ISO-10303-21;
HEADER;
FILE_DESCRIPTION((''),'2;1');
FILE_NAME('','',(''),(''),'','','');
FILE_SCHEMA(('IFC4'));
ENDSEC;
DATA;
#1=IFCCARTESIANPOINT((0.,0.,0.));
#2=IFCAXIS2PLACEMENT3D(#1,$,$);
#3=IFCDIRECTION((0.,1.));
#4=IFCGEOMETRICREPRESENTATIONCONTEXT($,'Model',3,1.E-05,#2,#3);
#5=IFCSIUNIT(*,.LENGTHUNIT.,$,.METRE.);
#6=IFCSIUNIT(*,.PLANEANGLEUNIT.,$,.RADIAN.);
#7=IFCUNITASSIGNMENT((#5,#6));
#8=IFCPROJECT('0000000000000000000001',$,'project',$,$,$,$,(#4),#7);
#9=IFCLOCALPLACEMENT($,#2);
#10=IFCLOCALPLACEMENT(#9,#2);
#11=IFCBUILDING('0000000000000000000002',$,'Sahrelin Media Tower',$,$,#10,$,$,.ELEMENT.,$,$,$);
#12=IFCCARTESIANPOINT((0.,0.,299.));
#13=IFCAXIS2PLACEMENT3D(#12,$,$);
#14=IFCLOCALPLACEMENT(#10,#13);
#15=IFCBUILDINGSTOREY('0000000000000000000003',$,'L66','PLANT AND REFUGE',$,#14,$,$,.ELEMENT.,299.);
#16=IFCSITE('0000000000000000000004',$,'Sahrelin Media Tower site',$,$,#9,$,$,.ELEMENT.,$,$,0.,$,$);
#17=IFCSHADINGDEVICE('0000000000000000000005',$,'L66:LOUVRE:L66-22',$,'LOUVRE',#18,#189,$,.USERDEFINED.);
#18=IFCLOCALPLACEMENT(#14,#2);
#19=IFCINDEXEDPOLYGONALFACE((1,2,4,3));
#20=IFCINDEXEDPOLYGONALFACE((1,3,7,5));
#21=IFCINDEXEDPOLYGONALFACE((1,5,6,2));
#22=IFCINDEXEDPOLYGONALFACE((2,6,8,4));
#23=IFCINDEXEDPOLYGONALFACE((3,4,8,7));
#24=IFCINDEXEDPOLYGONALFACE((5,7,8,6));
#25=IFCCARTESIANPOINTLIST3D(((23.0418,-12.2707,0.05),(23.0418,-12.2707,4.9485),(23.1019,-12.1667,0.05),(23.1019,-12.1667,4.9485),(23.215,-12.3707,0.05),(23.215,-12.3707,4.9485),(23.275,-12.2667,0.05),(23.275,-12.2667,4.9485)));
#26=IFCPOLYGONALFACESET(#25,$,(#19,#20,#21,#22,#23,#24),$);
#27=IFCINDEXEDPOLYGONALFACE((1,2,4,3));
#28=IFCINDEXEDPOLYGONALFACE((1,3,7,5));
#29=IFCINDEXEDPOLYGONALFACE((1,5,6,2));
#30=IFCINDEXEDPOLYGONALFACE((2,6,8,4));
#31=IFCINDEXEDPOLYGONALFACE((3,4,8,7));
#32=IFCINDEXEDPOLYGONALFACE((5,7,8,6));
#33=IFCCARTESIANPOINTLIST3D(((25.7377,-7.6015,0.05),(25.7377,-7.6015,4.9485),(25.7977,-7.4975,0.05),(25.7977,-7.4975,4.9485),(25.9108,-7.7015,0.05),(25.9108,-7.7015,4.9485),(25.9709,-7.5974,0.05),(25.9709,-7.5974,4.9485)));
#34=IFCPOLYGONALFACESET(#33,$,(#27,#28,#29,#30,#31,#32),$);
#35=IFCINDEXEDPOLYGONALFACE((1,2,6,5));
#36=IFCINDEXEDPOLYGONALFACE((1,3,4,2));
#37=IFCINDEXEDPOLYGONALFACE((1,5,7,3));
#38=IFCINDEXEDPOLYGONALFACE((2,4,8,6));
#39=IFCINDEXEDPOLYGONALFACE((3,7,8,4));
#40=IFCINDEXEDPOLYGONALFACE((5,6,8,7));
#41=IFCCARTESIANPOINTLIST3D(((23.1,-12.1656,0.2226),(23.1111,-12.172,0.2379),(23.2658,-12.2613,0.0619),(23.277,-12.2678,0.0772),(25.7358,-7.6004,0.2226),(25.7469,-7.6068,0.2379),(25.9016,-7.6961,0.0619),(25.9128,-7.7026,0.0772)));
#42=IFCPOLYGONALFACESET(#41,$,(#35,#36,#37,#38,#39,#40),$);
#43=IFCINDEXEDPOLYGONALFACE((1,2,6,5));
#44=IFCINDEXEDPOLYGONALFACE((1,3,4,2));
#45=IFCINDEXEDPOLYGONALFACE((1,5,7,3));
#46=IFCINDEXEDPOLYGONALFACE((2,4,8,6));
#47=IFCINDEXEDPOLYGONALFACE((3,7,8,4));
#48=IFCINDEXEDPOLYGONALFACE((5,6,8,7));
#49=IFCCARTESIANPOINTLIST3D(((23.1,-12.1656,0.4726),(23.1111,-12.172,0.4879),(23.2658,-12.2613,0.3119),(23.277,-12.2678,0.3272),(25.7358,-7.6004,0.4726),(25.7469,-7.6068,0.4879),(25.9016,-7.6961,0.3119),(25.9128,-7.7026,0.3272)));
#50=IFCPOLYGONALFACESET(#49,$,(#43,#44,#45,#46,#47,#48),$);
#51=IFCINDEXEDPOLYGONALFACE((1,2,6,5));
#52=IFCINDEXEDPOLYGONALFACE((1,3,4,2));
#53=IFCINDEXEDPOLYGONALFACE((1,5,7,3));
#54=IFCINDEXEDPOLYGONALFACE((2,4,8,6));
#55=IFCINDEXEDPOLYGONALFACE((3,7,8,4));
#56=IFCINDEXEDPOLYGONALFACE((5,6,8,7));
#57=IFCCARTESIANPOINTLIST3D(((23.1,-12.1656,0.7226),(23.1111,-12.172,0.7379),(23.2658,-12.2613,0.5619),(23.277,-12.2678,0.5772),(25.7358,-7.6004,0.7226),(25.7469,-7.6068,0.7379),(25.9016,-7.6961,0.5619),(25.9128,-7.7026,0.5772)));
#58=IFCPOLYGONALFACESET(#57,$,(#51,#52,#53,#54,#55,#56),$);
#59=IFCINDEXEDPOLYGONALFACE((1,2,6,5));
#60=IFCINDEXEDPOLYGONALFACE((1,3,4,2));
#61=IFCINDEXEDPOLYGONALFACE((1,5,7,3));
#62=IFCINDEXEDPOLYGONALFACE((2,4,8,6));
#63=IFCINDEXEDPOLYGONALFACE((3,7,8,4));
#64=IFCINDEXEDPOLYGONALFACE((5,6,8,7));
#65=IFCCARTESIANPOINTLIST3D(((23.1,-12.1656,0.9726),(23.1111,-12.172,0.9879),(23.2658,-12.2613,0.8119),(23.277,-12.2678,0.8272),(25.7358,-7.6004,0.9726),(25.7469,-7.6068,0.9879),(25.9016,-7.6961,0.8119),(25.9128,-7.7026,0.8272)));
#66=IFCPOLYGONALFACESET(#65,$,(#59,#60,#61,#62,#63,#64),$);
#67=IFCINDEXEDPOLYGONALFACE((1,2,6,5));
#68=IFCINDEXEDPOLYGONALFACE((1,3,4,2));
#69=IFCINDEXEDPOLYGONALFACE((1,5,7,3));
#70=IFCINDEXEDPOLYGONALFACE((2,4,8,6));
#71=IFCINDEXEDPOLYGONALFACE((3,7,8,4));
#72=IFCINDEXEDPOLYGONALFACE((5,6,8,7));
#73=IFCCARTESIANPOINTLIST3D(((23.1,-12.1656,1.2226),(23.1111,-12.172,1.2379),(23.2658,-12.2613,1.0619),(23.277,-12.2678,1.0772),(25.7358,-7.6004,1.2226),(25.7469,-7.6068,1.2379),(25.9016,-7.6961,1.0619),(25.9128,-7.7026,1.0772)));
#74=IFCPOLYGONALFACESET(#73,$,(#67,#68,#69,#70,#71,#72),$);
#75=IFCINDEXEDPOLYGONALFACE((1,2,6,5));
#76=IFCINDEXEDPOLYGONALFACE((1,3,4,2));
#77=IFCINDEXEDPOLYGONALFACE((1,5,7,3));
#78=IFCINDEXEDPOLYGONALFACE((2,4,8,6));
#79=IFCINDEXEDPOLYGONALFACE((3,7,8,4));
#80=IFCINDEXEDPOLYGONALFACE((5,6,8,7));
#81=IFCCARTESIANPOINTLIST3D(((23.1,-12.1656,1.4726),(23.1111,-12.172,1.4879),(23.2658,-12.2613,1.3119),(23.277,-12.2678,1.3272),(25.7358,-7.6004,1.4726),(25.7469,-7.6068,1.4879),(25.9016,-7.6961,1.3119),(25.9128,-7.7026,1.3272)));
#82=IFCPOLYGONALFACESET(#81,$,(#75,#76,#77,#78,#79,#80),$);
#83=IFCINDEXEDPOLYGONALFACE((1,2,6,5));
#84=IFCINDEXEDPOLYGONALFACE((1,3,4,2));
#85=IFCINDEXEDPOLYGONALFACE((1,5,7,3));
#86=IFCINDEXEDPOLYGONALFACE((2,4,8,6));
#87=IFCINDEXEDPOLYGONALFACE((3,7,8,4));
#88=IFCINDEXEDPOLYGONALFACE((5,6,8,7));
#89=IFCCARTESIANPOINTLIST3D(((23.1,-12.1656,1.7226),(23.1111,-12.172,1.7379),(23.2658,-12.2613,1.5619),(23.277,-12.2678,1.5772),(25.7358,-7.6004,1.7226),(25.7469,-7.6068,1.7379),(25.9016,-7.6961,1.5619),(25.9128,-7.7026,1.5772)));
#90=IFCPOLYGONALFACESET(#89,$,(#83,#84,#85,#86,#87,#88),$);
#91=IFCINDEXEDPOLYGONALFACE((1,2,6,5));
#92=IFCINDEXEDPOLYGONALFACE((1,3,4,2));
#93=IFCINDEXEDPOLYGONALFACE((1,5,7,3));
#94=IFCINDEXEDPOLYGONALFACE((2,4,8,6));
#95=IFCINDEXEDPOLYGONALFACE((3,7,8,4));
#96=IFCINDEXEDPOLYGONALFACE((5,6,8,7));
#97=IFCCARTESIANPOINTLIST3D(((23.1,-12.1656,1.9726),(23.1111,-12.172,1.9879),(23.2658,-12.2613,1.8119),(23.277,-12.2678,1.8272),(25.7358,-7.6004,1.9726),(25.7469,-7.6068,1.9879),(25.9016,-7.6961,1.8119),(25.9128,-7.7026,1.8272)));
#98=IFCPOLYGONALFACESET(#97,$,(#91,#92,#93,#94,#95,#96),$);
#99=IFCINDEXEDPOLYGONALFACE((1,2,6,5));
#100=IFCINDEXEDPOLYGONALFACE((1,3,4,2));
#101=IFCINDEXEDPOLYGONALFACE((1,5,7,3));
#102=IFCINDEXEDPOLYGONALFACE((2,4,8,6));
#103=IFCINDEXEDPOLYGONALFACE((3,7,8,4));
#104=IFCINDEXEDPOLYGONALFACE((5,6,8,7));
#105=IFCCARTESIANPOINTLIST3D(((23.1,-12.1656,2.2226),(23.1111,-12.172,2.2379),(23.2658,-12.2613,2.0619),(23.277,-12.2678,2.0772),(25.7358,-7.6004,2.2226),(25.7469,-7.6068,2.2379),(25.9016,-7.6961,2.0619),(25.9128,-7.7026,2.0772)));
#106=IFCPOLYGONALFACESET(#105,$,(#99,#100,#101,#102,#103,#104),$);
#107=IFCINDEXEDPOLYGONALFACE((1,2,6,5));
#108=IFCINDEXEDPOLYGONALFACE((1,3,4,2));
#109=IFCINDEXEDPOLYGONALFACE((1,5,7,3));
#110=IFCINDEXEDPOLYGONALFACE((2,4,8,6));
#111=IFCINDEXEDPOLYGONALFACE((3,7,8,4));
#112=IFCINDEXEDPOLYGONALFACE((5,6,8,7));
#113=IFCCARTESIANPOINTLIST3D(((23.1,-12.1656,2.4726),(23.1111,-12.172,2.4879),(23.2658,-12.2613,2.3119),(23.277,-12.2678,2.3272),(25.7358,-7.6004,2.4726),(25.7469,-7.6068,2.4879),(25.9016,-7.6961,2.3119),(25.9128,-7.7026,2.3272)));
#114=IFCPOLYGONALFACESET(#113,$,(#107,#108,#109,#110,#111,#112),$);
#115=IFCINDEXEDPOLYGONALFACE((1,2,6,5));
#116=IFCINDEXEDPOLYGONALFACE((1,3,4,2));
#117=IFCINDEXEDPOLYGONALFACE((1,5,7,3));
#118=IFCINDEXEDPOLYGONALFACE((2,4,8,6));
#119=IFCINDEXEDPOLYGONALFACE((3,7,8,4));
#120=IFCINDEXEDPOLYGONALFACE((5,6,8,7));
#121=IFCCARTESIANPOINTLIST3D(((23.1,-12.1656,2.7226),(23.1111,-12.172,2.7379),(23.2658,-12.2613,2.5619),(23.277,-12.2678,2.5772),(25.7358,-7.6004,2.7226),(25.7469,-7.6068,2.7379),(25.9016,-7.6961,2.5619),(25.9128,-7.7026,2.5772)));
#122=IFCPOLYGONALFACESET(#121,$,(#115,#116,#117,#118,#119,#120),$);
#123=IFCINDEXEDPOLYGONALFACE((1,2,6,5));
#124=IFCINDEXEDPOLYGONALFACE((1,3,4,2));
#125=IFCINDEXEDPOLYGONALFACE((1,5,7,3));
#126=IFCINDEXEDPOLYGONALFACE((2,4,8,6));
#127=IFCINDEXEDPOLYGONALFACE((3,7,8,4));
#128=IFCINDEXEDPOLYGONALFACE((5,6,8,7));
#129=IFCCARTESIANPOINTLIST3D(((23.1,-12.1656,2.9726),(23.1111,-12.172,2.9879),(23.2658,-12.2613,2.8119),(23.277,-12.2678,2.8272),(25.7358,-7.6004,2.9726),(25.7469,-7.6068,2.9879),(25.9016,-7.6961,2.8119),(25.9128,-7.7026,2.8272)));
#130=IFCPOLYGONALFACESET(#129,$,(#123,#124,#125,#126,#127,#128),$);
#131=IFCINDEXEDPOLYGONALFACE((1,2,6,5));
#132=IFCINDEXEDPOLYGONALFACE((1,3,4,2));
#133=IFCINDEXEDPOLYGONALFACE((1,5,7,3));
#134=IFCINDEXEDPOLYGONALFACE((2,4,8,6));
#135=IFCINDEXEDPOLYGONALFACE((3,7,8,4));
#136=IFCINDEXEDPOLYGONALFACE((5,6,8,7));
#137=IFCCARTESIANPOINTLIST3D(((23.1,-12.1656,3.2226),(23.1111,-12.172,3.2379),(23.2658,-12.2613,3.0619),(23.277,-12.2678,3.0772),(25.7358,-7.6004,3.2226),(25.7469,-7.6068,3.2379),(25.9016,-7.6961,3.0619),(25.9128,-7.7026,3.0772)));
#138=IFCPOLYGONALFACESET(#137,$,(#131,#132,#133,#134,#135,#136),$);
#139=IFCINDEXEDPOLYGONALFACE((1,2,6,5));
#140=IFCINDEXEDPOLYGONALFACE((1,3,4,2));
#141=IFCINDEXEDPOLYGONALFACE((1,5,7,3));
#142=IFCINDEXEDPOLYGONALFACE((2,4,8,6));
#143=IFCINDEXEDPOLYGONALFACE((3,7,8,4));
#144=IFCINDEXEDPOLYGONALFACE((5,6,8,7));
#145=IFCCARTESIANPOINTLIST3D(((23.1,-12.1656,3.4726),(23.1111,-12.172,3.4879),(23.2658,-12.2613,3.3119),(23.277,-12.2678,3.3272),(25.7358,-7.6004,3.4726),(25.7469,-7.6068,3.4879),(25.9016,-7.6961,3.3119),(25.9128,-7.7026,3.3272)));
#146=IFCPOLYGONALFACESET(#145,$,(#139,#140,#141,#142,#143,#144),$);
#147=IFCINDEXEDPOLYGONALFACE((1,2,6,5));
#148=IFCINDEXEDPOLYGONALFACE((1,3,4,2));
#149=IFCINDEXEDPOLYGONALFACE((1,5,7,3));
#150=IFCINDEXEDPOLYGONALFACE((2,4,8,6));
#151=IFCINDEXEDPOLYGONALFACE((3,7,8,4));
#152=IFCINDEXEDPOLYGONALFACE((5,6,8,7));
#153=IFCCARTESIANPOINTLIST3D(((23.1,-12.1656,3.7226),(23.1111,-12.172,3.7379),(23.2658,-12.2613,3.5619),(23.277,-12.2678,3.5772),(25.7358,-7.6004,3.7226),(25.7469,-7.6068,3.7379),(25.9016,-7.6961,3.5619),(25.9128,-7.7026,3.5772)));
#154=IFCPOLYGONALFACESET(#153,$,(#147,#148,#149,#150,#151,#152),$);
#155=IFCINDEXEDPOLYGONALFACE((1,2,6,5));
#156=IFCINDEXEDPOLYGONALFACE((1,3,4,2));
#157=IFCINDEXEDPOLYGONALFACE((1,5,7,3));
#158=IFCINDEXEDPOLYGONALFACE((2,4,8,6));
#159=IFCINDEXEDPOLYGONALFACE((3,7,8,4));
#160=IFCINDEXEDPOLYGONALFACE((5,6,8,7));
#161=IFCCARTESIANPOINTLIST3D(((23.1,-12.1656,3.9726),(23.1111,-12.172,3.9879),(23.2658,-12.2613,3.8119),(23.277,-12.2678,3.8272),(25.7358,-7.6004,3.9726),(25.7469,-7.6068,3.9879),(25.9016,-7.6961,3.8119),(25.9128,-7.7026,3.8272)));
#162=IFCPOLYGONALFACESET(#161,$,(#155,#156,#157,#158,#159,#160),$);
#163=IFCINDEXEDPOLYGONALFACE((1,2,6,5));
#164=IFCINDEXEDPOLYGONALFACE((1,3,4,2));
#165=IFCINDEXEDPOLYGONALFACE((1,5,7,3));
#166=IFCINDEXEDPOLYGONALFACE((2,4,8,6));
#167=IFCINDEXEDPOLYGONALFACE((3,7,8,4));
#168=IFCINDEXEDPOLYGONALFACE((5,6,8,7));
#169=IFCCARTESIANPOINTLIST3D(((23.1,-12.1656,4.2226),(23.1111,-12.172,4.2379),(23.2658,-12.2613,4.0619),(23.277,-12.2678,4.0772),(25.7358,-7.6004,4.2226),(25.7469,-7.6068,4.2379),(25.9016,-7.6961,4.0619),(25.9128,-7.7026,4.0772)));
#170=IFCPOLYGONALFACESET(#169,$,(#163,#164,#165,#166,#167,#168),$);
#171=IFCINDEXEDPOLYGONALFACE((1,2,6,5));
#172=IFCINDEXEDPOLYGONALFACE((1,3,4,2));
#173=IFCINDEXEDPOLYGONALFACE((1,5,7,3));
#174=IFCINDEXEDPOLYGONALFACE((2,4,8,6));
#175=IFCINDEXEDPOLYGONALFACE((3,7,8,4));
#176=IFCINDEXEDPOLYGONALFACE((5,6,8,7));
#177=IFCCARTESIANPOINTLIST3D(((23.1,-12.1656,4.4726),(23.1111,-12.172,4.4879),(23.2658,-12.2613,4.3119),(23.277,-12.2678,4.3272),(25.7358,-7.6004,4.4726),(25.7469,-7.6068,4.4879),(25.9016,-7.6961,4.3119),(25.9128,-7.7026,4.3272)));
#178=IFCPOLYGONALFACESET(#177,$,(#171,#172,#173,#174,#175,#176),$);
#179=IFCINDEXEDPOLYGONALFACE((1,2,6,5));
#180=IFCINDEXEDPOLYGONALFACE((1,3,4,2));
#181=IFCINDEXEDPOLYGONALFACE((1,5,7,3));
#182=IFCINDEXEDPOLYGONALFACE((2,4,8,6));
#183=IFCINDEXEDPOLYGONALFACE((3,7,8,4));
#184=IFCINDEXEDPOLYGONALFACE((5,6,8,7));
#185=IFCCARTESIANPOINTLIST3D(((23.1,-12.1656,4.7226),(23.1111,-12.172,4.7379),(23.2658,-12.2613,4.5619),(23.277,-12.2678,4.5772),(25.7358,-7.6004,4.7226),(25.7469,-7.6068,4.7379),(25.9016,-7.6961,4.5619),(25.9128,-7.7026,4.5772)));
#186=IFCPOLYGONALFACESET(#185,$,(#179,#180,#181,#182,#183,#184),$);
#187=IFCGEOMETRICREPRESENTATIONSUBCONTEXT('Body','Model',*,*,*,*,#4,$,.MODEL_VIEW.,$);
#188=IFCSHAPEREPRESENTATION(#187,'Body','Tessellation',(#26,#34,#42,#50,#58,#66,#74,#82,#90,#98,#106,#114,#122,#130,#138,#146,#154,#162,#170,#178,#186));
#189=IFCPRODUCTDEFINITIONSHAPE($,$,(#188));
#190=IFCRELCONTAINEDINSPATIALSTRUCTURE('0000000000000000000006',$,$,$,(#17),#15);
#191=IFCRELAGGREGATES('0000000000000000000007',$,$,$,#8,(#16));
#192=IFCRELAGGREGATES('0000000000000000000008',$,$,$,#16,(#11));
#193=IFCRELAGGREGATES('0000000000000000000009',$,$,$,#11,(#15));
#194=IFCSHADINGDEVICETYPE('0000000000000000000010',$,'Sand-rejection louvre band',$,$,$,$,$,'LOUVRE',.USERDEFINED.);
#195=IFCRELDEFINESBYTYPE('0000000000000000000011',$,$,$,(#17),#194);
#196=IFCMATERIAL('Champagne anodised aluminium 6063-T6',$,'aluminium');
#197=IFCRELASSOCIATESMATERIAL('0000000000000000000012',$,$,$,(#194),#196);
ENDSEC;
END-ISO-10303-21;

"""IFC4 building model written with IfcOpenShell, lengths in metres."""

from ifc_helpers import new_model, si_unit, direction, frame, origin, origin_2d, place, context, subcontext, project, spatial, rectangle, extrude, material, type_object, element, save


model = new_model("IFC4")

# Units and contexts
model_context = context("Model", 3, precision=1e-05, world=origin(), true_north=direction((0.0, 1.0)))
body_context = subcontext(model_context, "Body", "Model", "MODEL_VIEW")
ifc_project = project(units=[si_unit("LENGTHUNIT", "METRE"), si_unit("PLANEANGLEUNIT", "RADIAN")], contexts=[model_context])

# Site, building, storey
site_placement = place(None, origin())
site = spatial("IfcSite", under=ifc_project, at=site_placement, Name="Sahrelin Media Tower site", CompositionType="ELEMENT", RefElevation=0.0)
building_placement = place(site_placement, origin())
building = spatial("IfcBuilding", under=site, at=building_placement, Name="Sahrelin Media Tower", CompositionType="ELEMENT")
storey_placement = place(building_placement, frame((0.0, 0.0, 299.0)))
storey = spatial("IfcBuildingStorey", under=building, at=storey_placement, Name="L66", Description="PLANT AND REFUGE", CompositionType="ELEMENT", Elevation=299.0)

# Shading device
ifc_material_1 = material(Name="Champagne anodised aluminium 6063-T6", Category="aluminium")
shading_device_type = type_object("IfcShadingDeviceType", Name="Sand-rejection louvre band", ElementType="LOUVRE", PredefinedType="USERDEFINED", material=ifc_material_1)
shading_device_1_placement = place(storey_placement, frame((24.4197, -9.884, 0.0), z_axis=(0.0, 0.0, 1.0), x_axis=(-0.500011, -0.866019, 0.0)))
element("IfcShadingDevice", 1, at=shading_device_1_placement, inside=storey, type_object=shading_device_type, Name="L66:LOUVRE:L66-22", ObjectType="LOUVRE", PredefinedType="USERDEFINED", context=body_context, shape_type="SweptSolid", body=[
    extrude(rectangle(XDim=0.1201, YDim=0.2, at=origin_2d()), frame((2.6958, 0.1001, 0.05), z_axis=(0.0, 0.0, 1.0), x_axis=(1.0, 0.0, 0.0)), (0.0, 0.0, 1.0), 4.8984),
    extrude(rectangle(XDim=0.1201, YDim=0.2, at=origin_2d()), frame((-2.6958, 0.1001, 0.05), z_axis=(0.0, 0.0, 1.0), x_axis=(1.0, 0.0, 0.0)), (0.0, 0.0, 1.0), 4.8984),
    extrude(rectangle(XDim=0.25, YDim=0.02, at=origin_2d()), frame((2.6357, 0.1001, 0.1499), z_axis=(-1.0, 0.0, 0.0), x_axis=(0.0, -0.766044, 0.642788)), (0.0, 0.0, 1.0), 5.2715),
    extrude(rectangle(XDim=0.25, YDim=0.02, at=origin_2d()), frame((2.6357, 0.1001, 0.3999), z_axis=(-1.0, 0.0, 0.0), x_axis=(0.0, -0.766044, 0.642788)), (0.0, 0.0, 1.0), 5.2715),
    extrude(rectangle(XDim=0.25, YDim=0.02, at=origin_2d()), frame((2.6357, 0.1001, 0.6499), z_axis=(-1.0, 0.0, 0.0), x_axis=(0.0, -0.766044, 0.642788)), (0.0, 0.0, 1.0), 5.2715),
    extrude(rectangle(XDim=0.25, YDim=0.02, at=origin_2d()), frame((2.6357, 0.1001, 0.8999), z_axis=(-1.0, 0.0, 0.0), x_axis=(0.0, -0.766044, 0.642788)), (0.0, 0.0, 1.0), 5.2715),
    extrude(rectangle(XDim=0.25, YDim=0.02, at=origin_2d()), frame((2.6357, 0.1001, 1.1499), z_axis=(-1.0, 0.0, 0.0), x_axis=(0.0, -0.766044, 0.642788)), (0.0, 0.0, 1.0), 5.2715),
    extrude(rectangle(XDim=0.25, YDim=0.02, at=origin_2d()), frame((2.6357, 0.1001, 1.3999), z_axis=(-1.0, 0.0, 0.0), x_axis=(0.0, -0.766044, 0.642788)), (0.0, 0.0, 1.0), 5.2715),
    extrude(rectangle(XDim=0.25, YDim=0.02, at=origin_2d()), frame((2.6357, 0.1001, 1.6499), z_axis=(-1.0, 0.0, 0.0), x_axis=(0.0, -0.766044, 0.642788)), (0.0, 0.0, 1.0), 5.2715),
    extrude(rectangle(XDim=0.25, YDim=0.02, at=origin_2d()), frame((2.6357, 0.1001, 1.8999), z_axis=(-1.0, 0.0, 0.0), x_axis=(0.0, -0.766044, 0.642788)), (0.0, 0.0, 1.0), 5.2715),
    extrude(rectangle(XDim=0.25, YDim=0.02, at=origin_2d()), frame((2.6357, 0.1001, 2.1499), z_axis=(-1.0, 0.0, 0.0), x_axis=(0.0, -0.766044, 0.642788)), (0.0, 0.0, 1.0), 5.2715),
    extrude(rectangle(XDim=0.25, YDim=0.02, at=origin_2d()), frame((2.6357, 0.1001, 2.3999), z_axis=(-1.0, 0.0, 0.0), x_axis=(0.0, -0.766044, 0.642788)), (0.0, 0.0, 1.0), 5.2715),
    extrude(rectangle(XDim=0.25, YDim=0.02, at=origin_2d()), frame((2.6357, 0.1001, 2.6499), z_axis=(-1.0, 0.0, 0.0), x_axis=(0.0, -0.766044, 0.642788)), (0.0, 0.0, 1.0), 5.2715),
    extrude(rectangle(XDim=0.25, YDim=0.02, at=origin_2d()), frame((2.6357, 0.1001, 2.8999), z_axis=(-1.0, 0.0, 0.0), x_axis=(0.0, -0.766044, 0.642788)), (0.0, 0.0, 1.0), 5.2715),
    extrude(rectangle(XDim=0.25, YDim=0.02, at=origin_2d()), frame((2.6357, 0.1001, 3.1499), z_axis=(-1.0, 0.0, 0.0), x_axis=(0.0, -0.766044, 0.642788)), (0.0, 0.0, 1.0), 5.2715),
    extrude(rectangle(XDim=0.25, YDim=0.02, at=origin_2d()), frame((2.6357, 0.1001, 3.3999), z_axis=(-1.0, 0.0, 0.0), x_axis=(0.0, -0.766044, 0.642788)), (0.0, 0.0, 1.0), 5.2715),
    extrude(rectangle(XDim=0.25, YDim=0.02, at=origin_2d()), frame((2.6357, 0.1001, 3.6499), z_axis=(-1.0, 0.0, 0.0), x_axis=(0.0, -0.766044, 0.642788)), (0.0, 0.0, 1.0), 5.2715),
    extrude(rectangle(XDim=0.25, YDim=0.02, at=origin_2d()), frame((2.6357, 0.1001, 3.8999), z_axis=(-1.0, 0.0, 0.0), x_axis=(0.0, -0.766044, 0.642788)), (0.0, 0.0, 1.0), 5.2715),
    extrude(rectangle(XDim=0.25, YDim=0.02, at=origin_2d()), frame((2.6357, 0.1001, 4.1499), z_axis=(-1.0, 0.0, 0.0), x_axis=(0.0, -0.766044, 0.642788)), (0.0, 0.0, 1.0), 5.2715),
    extrude(rectangle(XDim=0.25, YDim=0.02, at=origin_2d()), frame((2.6357, 0.1001, 4.3999), z_axis=(-1.0, 0.0, 0.0), x_axis=(0.0, -0.766044, 0.642788)), (0.0, 0.0, 1.0), 5.2715),
    extrude(rectangle(XDim=0.25, YDim=0.02, at=origin_2d()), frame((2.6357, 0.1001, 4.6499), z_axis=(-1.0, 0.0, 0.0), x_axis=(0.0, -0.766044, 0.642788)), (0.0, 0.0, 1.0), 5.2715),
])

save(model, "model.ifc")
